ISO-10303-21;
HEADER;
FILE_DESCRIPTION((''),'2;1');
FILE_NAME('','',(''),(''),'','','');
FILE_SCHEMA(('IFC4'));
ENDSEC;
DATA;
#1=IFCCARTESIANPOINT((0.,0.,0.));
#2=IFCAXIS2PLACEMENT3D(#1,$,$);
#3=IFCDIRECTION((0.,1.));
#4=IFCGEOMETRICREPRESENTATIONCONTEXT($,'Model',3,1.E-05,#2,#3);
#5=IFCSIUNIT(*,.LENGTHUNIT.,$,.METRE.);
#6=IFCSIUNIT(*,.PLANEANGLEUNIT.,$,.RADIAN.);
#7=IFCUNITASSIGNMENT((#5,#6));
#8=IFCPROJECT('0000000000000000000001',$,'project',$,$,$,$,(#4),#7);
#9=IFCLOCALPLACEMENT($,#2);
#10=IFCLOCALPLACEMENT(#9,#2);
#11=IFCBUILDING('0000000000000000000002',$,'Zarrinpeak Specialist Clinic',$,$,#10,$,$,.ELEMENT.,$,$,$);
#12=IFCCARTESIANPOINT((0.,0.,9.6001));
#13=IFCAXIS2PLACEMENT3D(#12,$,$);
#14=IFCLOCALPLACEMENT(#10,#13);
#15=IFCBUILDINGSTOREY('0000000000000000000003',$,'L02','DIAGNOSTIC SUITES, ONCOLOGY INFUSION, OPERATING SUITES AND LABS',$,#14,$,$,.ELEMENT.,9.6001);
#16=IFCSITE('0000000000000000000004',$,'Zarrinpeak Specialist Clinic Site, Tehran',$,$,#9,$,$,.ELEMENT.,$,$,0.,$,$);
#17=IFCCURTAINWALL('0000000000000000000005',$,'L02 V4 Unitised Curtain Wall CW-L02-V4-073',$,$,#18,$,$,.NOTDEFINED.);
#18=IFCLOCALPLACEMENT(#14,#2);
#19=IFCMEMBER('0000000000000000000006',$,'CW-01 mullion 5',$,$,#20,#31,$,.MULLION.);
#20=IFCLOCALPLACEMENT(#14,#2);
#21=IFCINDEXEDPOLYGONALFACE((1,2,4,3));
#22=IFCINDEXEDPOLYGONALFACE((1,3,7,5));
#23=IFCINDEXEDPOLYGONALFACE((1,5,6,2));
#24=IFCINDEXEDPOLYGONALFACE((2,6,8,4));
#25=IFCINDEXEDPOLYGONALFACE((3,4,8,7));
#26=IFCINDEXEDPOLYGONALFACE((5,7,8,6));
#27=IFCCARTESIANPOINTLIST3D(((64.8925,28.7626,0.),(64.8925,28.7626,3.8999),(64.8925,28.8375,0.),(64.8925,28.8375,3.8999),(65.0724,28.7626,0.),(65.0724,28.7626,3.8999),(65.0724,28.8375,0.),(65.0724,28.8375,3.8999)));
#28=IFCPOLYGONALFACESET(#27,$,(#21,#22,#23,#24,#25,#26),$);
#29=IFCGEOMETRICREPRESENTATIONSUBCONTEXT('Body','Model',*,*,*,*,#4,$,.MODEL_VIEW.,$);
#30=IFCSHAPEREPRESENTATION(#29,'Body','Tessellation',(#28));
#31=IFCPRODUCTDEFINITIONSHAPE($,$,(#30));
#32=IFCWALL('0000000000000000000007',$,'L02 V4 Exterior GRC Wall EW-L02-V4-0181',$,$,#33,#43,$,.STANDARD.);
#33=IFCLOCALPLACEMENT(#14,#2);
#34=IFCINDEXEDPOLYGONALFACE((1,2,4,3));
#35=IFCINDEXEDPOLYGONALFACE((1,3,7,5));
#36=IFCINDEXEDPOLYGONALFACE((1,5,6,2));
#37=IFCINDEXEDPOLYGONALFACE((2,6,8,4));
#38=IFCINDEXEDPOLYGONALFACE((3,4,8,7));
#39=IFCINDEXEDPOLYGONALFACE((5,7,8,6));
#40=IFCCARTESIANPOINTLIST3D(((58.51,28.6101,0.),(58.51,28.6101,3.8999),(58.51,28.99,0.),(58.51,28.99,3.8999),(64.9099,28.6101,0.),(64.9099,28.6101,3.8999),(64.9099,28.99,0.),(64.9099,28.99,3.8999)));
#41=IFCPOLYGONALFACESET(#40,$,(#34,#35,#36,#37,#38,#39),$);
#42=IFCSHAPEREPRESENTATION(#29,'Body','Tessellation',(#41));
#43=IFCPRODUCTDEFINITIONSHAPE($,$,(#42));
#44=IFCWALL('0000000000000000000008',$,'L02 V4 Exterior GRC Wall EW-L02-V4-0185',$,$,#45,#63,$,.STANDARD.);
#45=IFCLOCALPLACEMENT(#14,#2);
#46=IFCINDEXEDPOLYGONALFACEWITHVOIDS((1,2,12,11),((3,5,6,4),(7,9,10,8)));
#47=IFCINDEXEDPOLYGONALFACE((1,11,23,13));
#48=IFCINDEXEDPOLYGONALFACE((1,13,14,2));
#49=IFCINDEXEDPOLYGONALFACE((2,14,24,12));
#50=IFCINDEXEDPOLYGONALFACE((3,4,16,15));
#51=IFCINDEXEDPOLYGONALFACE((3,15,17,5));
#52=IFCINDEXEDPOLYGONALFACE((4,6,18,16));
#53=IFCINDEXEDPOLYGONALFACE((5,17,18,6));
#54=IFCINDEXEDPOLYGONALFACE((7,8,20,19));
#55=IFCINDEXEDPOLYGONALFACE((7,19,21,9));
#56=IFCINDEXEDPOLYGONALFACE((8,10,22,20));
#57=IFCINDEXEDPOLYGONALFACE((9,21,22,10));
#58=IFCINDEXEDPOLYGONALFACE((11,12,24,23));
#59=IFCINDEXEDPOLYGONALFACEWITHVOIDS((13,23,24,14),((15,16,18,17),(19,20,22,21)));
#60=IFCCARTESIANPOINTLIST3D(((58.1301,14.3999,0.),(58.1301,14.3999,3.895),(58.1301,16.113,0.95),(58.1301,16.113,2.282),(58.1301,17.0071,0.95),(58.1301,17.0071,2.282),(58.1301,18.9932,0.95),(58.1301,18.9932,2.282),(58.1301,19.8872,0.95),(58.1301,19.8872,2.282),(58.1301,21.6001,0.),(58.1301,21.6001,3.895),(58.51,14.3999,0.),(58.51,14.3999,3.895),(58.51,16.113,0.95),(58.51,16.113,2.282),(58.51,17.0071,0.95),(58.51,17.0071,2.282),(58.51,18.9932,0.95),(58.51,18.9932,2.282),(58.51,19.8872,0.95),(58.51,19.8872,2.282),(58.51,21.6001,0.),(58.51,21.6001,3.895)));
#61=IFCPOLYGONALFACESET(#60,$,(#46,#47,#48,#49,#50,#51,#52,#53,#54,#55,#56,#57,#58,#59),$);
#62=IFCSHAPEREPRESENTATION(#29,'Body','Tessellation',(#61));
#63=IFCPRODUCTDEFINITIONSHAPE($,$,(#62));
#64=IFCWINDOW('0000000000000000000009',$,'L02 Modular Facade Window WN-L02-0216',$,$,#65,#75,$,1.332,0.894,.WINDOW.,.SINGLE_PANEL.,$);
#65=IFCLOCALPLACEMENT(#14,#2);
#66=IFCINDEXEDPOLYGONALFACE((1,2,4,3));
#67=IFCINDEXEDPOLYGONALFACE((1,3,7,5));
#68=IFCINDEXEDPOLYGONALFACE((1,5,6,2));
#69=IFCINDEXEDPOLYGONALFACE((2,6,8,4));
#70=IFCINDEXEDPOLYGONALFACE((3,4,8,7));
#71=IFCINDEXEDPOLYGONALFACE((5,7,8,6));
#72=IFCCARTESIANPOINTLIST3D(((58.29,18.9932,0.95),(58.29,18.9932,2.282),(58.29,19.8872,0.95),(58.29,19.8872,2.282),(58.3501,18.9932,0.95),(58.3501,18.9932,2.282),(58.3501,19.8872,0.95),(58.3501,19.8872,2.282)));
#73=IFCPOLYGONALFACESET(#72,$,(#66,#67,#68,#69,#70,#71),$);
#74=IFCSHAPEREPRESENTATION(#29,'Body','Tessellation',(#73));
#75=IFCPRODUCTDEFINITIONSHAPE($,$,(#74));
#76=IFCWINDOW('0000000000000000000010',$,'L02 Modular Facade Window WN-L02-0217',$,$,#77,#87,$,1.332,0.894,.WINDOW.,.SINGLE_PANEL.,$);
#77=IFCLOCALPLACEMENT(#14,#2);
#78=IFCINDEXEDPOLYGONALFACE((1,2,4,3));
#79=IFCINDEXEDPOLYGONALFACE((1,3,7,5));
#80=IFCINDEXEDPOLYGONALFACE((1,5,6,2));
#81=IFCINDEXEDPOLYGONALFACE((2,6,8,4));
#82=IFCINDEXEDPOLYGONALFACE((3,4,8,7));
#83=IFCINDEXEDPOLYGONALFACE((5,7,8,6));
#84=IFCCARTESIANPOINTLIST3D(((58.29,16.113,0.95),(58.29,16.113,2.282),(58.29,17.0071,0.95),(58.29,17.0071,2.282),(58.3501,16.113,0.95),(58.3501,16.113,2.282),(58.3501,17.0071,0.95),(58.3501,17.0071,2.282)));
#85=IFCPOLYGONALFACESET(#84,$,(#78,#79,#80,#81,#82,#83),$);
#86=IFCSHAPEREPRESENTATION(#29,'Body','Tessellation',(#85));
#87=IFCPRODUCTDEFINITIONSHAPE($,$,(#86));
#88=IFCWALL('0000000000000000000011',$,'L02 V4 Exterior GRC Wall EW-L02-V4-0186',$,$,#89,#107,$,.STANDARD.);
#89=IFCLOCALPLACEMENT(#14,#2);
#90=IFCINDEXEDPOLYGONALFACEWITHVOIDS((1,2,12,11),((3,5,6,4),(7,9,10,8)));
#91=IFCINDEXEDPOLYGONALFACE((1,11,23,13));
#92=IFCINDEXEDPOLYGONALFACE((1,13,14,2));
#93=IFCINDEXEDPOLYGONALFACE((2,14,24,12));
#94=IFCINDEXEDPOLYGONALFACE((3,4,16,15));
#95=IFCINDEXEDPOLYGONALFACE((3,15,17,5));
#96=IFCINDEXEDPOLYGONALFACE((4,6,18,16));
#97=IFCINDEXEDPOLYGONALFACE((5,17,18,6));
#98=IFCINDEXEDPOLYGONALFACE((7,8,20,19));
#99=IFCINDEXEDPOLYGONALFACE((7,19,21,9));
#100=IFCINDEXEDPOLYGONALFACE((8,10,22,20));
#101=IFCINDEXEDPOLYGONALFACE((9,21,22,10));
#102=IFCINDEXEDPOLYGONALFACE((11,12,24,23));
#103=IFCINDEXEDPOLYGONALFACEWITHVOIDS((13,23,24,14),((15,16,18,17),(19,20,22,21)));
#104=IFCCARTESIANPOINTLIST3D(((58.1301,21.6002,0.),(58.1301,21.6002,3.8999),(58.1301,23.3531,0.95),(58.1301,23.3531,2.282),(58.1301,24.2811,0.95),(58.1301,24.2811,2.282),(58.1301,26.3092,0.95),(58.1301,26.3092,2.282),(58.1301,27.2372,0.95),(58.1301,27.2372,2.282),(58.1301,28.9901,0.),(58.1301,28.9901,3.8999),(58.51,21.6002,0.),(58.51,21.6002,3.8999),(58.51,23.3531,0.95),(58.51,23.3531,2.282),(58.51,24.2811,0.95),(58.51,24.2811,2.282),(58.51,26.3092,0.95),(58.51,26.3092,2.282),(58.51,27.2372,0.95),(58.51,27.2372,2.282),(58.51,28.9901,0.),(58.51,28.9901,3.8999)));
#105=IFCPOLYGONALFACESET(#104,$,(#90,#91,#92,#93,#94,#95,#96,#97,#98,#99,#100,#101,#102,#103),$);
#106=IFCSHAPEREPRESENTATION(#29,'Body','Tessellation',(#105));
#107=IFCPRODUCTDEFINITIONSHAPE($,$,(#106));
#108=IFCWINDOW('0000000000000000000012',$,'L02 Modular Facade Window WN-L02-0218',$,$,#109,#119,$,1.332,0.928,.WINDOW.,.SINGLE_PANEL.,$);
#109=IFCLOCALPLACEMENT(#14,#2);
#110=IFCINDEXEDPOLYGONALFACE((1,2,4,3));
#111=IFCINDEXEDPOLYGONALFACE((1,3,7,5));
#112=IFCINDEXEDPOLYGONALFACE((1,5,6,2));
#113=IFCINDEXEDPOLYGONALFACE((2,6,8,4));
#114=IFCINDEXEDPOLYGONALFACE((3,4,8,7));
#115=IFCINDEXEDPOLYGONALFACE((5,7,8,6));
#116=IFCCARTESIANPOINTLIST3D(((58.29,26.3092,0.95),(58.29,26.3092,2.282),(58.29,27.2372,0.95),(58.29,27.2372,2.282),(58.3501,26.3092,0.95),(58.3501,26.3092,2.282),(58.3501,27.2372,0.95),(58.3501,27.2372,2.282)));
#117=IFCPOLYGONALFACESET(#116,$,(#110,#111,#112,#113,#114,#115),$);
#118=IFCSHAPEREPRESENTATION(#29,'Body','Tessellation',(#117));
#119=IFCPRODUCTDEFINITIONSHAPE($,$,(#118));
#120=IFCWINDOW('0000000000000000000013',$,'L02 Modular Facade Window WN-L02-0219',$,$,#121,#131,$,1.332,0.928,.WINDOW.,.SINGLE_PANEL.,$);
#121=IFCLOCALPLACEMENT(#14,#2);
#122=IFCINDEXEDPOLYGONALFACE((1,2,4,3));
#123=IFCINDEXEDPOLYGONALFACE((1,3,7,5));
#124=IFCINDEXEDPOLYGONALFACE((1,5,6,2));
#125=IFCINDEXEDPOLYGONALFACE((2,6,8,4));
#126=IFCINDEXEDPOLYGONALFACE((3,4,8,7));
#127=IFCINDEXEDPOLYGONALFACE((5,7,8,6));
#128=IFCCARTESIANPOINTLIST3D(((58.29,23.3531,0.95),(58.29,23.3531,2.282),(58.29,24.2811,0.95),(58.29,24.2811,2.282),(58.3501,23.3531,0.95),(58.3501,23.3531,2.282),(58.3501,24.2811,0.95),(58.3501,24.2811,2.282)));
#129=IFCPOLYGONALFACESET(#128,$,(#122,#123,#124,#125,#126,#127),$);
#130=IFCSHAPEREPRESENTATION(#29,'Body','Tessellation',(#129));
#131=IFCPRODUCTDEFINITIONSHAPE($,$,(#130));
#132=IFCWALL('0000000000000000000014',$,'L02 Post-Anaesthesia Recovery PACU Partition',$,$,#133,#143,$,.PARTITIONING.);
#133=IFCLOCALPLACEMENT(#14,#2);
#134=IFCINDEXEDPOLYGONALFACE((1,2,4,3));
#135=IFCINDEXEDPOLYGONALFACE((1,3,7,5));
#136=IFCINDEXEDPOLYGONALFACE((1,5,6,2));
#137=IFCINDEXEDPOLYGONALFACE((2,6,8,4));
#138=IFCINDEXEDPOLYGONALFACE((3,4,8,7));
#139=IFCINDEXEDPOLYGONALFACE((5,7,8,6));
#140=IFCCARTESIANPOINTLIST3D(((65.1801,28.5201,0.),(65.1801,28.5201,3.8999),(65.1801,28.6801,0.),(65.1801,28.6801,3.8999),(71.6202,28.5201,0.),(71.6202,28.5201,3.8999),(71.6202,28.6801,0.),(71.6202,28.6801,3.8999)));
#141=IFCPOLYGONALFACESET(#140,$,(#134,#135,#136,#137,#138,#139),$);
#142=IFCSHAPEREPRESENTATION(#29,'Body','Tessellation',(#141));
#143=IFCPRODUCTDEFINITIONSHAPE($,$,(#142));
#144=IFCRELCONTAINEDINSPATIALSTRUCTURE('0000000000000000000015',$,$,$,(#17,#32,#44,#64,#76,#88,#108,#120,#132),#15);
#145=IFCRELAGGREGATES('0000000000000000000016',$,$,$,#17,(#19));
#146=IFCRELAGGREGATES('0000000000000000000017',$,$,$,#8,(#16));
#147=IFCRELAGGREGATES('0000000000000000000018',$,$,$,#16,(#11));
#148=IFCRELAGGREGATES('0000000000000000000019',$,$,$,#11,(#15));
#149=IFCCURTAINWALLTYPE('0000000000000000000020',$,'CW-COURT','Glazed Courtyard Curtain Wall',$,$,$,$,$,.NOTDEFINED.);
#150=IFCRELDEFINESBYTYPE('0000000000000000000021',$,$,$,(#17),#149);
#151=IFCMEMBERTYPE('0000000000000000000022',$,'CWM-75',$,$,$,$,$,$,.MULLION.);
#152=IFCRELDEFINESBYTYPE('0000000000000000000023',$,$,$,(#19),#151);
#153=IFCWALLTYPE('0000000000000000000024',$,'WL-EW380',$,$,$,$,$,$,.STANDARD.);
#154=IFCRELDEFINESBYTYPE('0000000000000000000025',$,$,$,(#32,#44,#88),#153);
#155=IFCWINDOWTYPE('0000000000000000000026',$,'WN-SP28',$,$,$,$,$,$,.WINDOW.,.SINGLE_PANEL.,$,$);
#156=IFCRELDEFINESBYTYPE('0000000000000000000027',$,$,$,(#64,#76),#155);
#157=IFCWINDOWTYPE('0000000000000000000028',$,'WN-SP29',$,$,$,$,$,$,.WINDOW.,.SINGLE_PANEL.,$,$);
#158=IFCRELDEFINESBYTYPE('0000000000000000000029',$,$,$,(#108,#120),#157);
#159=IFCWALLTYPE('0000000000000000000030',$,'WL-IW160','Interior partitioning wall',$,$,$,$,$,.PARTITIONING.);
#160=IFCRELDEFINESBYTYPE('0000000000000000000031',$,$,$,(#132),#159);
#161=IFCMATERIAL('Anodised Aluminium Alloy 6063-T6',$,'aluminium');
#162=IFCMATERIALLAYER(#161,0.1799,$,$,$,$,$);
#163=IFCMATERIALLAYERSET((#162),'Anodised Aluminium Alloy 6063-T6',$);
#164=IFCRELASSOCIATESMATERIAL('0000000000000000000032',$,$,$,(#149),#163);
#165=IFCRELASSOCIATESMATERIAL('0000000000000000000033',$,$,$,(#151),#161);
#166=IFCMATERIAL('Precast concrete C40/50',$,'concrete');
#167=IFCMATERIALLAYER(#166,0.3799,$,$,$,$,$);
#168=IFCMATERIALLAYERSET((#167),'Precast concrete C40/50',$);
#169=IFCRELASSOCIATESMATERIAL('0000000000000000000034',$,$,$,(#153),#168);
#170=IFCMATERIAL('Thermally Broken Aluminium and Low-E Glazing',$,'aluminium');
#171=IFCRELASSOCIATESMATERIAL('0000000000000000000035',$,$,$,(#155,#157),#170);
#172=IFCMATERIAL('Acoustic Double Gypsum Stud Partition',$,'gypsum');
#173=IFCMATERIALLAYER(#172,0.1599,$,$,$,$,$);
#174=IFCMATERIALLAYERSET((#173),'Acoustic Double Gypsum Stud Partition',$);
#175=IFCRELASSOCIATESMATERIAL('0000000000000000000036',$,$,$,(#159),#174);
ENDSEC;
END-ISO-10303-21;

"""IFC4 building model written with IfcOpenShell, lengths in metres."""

from ifc_helpers import new_model, si_unit, direction, frame, frame_2d, origin, origin_2d, place, context, subcontext, project, spatial, rectangle, extrude, material, layer, layer_set, material_profile, profile_set, type_object, element, fill, aggregate, save


model = new_model("IFC4")

# Units and contexts
model_context = context("Model", 3, precision=1e-05, world=origin(), true_north=direction((0.0, 1.0)))
body_context = subcontext(model_context, "Body", "Model", "MODEL_VIEW")
ifc_project = project(units=[si_unit("LENGTHUNIT", "METRE"), si_unit("PLANEANGLEUNIT", "RADIAN")], contexts=[model_context])

# Site, building, storey
site_placement = place(None, origin())
site = spatial("IfcSite", under=ifc_project, at=site_placement, Name="Zarrinpeak Specialist Clinic Site, Tehran", CompositionType="ELEMENT", RefElevation=0.0)
building_placement = place(site_placement, origin())
building = spatial("IfcBuilding", under=site, at=building_placement, Name="Zarrinpeak Specialist Clinic", CompositionType="ELEMENT")
storey_placement = place(building_placement, frame((0.0, 0.0, 9.6001)))
storey = spatial("IfcBuildingStorey", under=building, at=storey_placement, Name="L02", Description="DIAGNOSTIC SUITES, ONCOLOGY INFUSION, OPERATING SUITES AND LABS", CompositionType="ELEMENT", Elevation=9.6001)

# Curtain wall, member
ifc_material_1 = material(Name="Anodised Aluminium Alloy 6063-T6", Category="aluminium")
ifc_layer_1 = layer(ifc_material_1, 0.1799)
ifc_layer_set_1 = layer_set([ifc_layer_1], Name="Anodised Aluminium Alloy 6063-T6")
curtain_wall_type = type_object("IfcCurtainWallType", Name="CW-COURT", Description="Glazed Courtyard Curtain Wall", PredefinedType="NOTDEFINED", material=ifc_layer_set_1)
curtain_wall_placement = place(storey_placement, origin())
curtain_wall = element("IfcCurtainWall", 1, at=curtain_wall_placement, inside=storey, type_object=curtain_wall_type, Name="L02 V4 Unitised Curtain Wall CW-L02-V4-073", PredefinedType="NOTDEFINED")
ifc_material_profile_1 = material_profile(ifc_material_1, rectangle(XDim=0.075, YDim=0.1799, at=origin_2d()), Name="ALU 75x180")
ifc_profile_set_1 = profile_set([ifc_material_profile_1], Name="Anodised Aluminium Alloy 6063-T6")
member_type = type_object("IfcMemberType", Name="CWM-75", PredefinedType="MULLION", material=ifc_profile_set_1)
member_placement = place(storey_placement, frame((64.9824, 28.8, 0.0), z_axis=(0.0, 0.0, 1.0), x_axis=(0.0, -1.0, 0.0)))
member = element("IfcMember", 2, at=member_placement, type_object=member_type, Name="CW-01 mullion 5", PredefinedType="MULLION", context=body_context, shape_type="SweptSolid", body=[
    extrude(rectangle(XDim=0.075, YDim=0.1799, at=origin_2d()), origin(), (0.0, 0.0, 1.0), 3.8999),
])
aggregate(curtain_wall, [member])

# Wall
ifc_material_2 = material(Name="Precast concrete C40/50", Category="concrete")
ifc_layer_2 = layer(ifc_material_2, 0.3799)
ifc_layer_set_2 = layer_set([ifc_layer_2], Name="Precast concrete C40/50")
wall_type_1 = type_object("IfcWallType", Name="WL-EW380", PredefinedType="STANDARD", material=ifc_layer_set_2)
wall_1_placement = place(storey_placement, frame((64.9099, 28.8, 0.0), z_axis=(0.0, 0.0, 1.0), x_axis=(-1.0, 0.0, 0.0)))
element("IfcWall", 3, at=wall_1_placement, inside=storey, type_object=wall_type_1, Name="L02 V4 Exterior GRC Wall EW-L02-V4-0181", PredefinedType="STANDARD", context=body_context, shape_type="SweptSolid", body=[
    extrude(rectangle(XDim=6.3999, YDim=0.3799, at=frame_2d((3.2, 0.0))), origin(), (0.0, 0.0, 1.0), 3.8999),
])

# Walls, openings, windows
wall_2_placement = place(storey_placement, frame((58.3201, 21.6001, 0.0), z_axis=(0.0, 0.0, 1.0), x_axis=(0.0, -1.0, 0.0)))
wall_2 = element("IfcWall", 4, at=wall_2_placement, inside=storey, type_object=wall_type_1, Name="L02 V4 Exterior GRC Wall EW-L02-V4-0185", PredefinedType="STANDARD", context=body_context, shape_type="SweptSolid", body=[
    extrude(rectangle(XDim=7.2002, YDim=0.3799, at=frame_2d((3.6001, 0.0))), origin(), (0.0, 0.0, 1.0), 3.895),
])
opening_1_placement = place(wall_2_placement, frame((1.7129, 0.0, 0.95)))
opening_1 = element("IfcOpeningElement", 5, at=opening_1_placement, cuts=wall_2, PredefinedType="OPENING", context=body_context, shape_type="SweptSolid", body=[
    extrude(rectangle(XDim=0.894, YDim=1.332, at=frame_2d((0.447, 0.666))), frame((0.0, 0.2, 0.0), z_axis=(0.0, -1.0, 0.0), x_axis=(1.0, 0.0, 0.0)), (0.0, 0.0, 1.0), 0.3999),
])
opening_2_placement = place(wall_2_placement, frame((4.593, 0.0, 0.95)))
opening_2 = element("IfcOpeningElement", 6, at=opening_2_placement, cuts=wall_2, PredefinedType="OPENING", context=body_context, shape_type="SweptSolid", body=[
    extrude(rectangle(XDim=0.894, YDim=1.332, at=frame_2d((0.447, 0.666))), frame((0.0, 0.2, 0.0), z_axis=(0.0, -1.0, 0.0), x_axis=(1.0, 0.0, 0.0)), (0.0, 0.0, 1.0), 0.3999),
])
ifc_material_3 = material(Name="Thermally Broken Aluminium and Low-E Glazing", Category="aluminium")
window_type_1 = type_object("IfcWindowType", Name="WN-SP28", PartitioningType="SINGLE_PANEL", PredefinedType="WINDOW", material=ifc_material_3)
window_1_placement = place(opening_1_placement, origin())
window_1 = element("IfcWindow", 7, at=window_1_placement, inside=storey, type_object=window_type_1, Name="L02 Modular Facade Window WN-L02-0216", OverallHeight=1.332, OverallWidth=0.894, PartitioningType="SINGLE_PANEL", PredefinedType="WINDOW", context=body_context, shape_type="SweptSolid", body=[
    extrude(rectangle(XDim=0.894, YDim=1.332, at=frame_2d((0.447, 0.666))), frame((0.0, 0.03, 0.0), z_axis=(0.0, -1.0, 0.0), x_axis=(1.0, 0.0, 0.0)), (0.0, 0.0, 1.0), 0.0601),
])
fill(opening_1, window_1)
window_2_placement = place(opening_2_placement, origin())
window_2 = element("IfcWindow", 8, at=window_2_placement, inside=storey, type_object=window_type_1, Name="L02 Modular Facade Window WN-L02-0217", OverallHeight=1.332, OverallWidth=0.894, PartitioningType="SINGLE_PANEL", PredefinedType="WINDOW", context=body_context, shape_type="SweptSolid", body=[
    extrude(rectangle(XDim=0.894, YDim=1.332, at=frame_2d((0.447, 0.666))), frame((0.0, 0.03, 0.0), z_axis=(0.0, -1.0, 0.0), x_axis=(1.0, 0.0, 0.0)), (0.0, 0.0, 1.0), 0.0601),
])
fill(opening_2, window_2)
wall_3_placement = place(storey_placement, frame((58.3201, 28.99, 0.0), z_axis=(0.0, 0.0, 1.0), x_axis=(0.0, -1.0, 0.0)))
wall_3 = element("IfcWall", 9, at=wall_3_placement, inside=storey, type_object=wall_type_1, Name="L02 V4 Exterior GRC Wall EW-L02-V4-0186", PredefinedType="STANDARD", context=body_context, shape_type="SweptSolid", body=[
    extrude(rectangle(XDim=7.3899, YDim=0.3799, at=frame_2d((3.6948, 0.0))), origin(), (0.0, 0.0, 1.0), 3.8999),
])
opening_3_placement = place(wall_3_placement, frame((1.7529, 0.0, 0.95)))
opening_3 = element("IfcOpeningElement", 10, at=opening_3_placement, cuts=wall_3, PredefinedType="OPENING", context=body_context, shape_type="SweptSolid", body=[
    extrude(rectangle(XDim=0.928, YDim=1.332, at=frame_2d((0.4639, 0.666))), frame((0.0, 0.2, 0.0), z_axis=(0.0, -1.0, 0.0), x_axis=(1.0, 0.0, 0.0)), (0.0, 0.0, 1.0), 0.3999),
])
opening_4_placement = place(wall_3_placement, frame((4.709, 0.0, 0.95)))
opening_4 = element("IfcOpeningElement", 11, at=opening_4_placement, cuts=wall_3, PredefinedType="OPENING", context=body_context, shape_type="SweptSolid", body=[
    extrude(rectangle(XDim=0.928, YDim=1.332, at=frame_2d((0.4639, 0.666))), frame((0.0, 0.2, 0.0), z_axis=(0.0, -1.0, 0.0), x_axis=(1.0, 0.0, 0.0)), (0.0, 0.0, 1.0), 0.3999),
])
window_type_2 = type_object("IfcWindowType", Name="WN-SP29", PartitioningType="SINGLE_PANEL", PredefinedType="WINDOW", material=ifc_material_3)
window_3_placement = place(opening_3_placement, origin())
window_3 = element("IfcWindow", 12, at=window_3_placement, inside=storey, type_object=window_type_2, Name="L02 Modular Facade Window WN-L02-0218", OverallHeight=1.332, OverallWidth=0.928, PartitioningType="SINGLE_PANEL", PredefinedType="WINDOW", context=body_context, shape_type="SweptSolid", body=[
    extrude(rectangle(XDim=0.928, YDim=1.332, at=frame_2d((0.4639, 0.666))), frame((0.0, 0.03, 0.0), z_axis=(0.0, -1.0, 0.0), x_axis=(1.0, 0.0, 0.0)), (0.0, 0.0, 1.0), 0.0601),
])
fill(opening_3, window_3)
window_4_placement = place(opening_4_placement, origin())
window_4 = element("IfcWindow", 13, at=window_4_placement, inside=storey, type_object=window_type_2, Name="L02 Modular Facade Window WN-L02-0219", OverallHeight=1.332, OverallWidth=0.928, PartitioningType="SINGLE_PANEL", PredefinedType="WINDOW", context=body_context, shape_type="SweptSolid", body=[
    extrude(rectangle(XDim=0.928, YDim=1.332, at=frame_2d((0.4639, 0.666))), frame((0.0, 0.03, 0.0), z_axis=(0.0, -1.0, 0.0), x_axis=(1.0, 0.0, 0.0)), (0.0, 0.0, 1.0), 0.0601),
])
fill(opening_4, window_4)

# Wall
ifc_material_4 = material(Name="Acoustic Double Gypsum Stud Partition", Category="gypsum")
ifc_layer_3 = layer(ifc_material_4, 0.1599)
ifc_layer_set_3 = layer_set([ifc_layer_3], Name="Acoustic Double Gypsum Stud Partition")
wall_type_2 = type_object("IfcWallType", Name="WL-IW160", Description="Interior partitioning wall", PredefinedType="PARTITIONING", material=ifc_layer_set_3)
wall_4_placement = place(storey_placement, frame((65.1799, 28.6001, 0.0), z_axis=(0.0, 0.0, 1.0), x_axis=(1.0, 0.0, 0.0)))
element("IfcWall", 14, at=wall_4_placement, inside=storey, type_object=wall_type_2, Name="L02 Post-Anaesthesia Recovery PACU Partition", PredefinedType="PARTITIONING", context=body_context, shape_type="SweptSolid", body=[
    extrude(rectangle(XDim=6.4402, YDim=0.1599, at=frame_2d((3.2202, 0.0))), origin(), (0.0, 0.0, 1.0), 3.8999),
])

save(model, "model.ifc")
